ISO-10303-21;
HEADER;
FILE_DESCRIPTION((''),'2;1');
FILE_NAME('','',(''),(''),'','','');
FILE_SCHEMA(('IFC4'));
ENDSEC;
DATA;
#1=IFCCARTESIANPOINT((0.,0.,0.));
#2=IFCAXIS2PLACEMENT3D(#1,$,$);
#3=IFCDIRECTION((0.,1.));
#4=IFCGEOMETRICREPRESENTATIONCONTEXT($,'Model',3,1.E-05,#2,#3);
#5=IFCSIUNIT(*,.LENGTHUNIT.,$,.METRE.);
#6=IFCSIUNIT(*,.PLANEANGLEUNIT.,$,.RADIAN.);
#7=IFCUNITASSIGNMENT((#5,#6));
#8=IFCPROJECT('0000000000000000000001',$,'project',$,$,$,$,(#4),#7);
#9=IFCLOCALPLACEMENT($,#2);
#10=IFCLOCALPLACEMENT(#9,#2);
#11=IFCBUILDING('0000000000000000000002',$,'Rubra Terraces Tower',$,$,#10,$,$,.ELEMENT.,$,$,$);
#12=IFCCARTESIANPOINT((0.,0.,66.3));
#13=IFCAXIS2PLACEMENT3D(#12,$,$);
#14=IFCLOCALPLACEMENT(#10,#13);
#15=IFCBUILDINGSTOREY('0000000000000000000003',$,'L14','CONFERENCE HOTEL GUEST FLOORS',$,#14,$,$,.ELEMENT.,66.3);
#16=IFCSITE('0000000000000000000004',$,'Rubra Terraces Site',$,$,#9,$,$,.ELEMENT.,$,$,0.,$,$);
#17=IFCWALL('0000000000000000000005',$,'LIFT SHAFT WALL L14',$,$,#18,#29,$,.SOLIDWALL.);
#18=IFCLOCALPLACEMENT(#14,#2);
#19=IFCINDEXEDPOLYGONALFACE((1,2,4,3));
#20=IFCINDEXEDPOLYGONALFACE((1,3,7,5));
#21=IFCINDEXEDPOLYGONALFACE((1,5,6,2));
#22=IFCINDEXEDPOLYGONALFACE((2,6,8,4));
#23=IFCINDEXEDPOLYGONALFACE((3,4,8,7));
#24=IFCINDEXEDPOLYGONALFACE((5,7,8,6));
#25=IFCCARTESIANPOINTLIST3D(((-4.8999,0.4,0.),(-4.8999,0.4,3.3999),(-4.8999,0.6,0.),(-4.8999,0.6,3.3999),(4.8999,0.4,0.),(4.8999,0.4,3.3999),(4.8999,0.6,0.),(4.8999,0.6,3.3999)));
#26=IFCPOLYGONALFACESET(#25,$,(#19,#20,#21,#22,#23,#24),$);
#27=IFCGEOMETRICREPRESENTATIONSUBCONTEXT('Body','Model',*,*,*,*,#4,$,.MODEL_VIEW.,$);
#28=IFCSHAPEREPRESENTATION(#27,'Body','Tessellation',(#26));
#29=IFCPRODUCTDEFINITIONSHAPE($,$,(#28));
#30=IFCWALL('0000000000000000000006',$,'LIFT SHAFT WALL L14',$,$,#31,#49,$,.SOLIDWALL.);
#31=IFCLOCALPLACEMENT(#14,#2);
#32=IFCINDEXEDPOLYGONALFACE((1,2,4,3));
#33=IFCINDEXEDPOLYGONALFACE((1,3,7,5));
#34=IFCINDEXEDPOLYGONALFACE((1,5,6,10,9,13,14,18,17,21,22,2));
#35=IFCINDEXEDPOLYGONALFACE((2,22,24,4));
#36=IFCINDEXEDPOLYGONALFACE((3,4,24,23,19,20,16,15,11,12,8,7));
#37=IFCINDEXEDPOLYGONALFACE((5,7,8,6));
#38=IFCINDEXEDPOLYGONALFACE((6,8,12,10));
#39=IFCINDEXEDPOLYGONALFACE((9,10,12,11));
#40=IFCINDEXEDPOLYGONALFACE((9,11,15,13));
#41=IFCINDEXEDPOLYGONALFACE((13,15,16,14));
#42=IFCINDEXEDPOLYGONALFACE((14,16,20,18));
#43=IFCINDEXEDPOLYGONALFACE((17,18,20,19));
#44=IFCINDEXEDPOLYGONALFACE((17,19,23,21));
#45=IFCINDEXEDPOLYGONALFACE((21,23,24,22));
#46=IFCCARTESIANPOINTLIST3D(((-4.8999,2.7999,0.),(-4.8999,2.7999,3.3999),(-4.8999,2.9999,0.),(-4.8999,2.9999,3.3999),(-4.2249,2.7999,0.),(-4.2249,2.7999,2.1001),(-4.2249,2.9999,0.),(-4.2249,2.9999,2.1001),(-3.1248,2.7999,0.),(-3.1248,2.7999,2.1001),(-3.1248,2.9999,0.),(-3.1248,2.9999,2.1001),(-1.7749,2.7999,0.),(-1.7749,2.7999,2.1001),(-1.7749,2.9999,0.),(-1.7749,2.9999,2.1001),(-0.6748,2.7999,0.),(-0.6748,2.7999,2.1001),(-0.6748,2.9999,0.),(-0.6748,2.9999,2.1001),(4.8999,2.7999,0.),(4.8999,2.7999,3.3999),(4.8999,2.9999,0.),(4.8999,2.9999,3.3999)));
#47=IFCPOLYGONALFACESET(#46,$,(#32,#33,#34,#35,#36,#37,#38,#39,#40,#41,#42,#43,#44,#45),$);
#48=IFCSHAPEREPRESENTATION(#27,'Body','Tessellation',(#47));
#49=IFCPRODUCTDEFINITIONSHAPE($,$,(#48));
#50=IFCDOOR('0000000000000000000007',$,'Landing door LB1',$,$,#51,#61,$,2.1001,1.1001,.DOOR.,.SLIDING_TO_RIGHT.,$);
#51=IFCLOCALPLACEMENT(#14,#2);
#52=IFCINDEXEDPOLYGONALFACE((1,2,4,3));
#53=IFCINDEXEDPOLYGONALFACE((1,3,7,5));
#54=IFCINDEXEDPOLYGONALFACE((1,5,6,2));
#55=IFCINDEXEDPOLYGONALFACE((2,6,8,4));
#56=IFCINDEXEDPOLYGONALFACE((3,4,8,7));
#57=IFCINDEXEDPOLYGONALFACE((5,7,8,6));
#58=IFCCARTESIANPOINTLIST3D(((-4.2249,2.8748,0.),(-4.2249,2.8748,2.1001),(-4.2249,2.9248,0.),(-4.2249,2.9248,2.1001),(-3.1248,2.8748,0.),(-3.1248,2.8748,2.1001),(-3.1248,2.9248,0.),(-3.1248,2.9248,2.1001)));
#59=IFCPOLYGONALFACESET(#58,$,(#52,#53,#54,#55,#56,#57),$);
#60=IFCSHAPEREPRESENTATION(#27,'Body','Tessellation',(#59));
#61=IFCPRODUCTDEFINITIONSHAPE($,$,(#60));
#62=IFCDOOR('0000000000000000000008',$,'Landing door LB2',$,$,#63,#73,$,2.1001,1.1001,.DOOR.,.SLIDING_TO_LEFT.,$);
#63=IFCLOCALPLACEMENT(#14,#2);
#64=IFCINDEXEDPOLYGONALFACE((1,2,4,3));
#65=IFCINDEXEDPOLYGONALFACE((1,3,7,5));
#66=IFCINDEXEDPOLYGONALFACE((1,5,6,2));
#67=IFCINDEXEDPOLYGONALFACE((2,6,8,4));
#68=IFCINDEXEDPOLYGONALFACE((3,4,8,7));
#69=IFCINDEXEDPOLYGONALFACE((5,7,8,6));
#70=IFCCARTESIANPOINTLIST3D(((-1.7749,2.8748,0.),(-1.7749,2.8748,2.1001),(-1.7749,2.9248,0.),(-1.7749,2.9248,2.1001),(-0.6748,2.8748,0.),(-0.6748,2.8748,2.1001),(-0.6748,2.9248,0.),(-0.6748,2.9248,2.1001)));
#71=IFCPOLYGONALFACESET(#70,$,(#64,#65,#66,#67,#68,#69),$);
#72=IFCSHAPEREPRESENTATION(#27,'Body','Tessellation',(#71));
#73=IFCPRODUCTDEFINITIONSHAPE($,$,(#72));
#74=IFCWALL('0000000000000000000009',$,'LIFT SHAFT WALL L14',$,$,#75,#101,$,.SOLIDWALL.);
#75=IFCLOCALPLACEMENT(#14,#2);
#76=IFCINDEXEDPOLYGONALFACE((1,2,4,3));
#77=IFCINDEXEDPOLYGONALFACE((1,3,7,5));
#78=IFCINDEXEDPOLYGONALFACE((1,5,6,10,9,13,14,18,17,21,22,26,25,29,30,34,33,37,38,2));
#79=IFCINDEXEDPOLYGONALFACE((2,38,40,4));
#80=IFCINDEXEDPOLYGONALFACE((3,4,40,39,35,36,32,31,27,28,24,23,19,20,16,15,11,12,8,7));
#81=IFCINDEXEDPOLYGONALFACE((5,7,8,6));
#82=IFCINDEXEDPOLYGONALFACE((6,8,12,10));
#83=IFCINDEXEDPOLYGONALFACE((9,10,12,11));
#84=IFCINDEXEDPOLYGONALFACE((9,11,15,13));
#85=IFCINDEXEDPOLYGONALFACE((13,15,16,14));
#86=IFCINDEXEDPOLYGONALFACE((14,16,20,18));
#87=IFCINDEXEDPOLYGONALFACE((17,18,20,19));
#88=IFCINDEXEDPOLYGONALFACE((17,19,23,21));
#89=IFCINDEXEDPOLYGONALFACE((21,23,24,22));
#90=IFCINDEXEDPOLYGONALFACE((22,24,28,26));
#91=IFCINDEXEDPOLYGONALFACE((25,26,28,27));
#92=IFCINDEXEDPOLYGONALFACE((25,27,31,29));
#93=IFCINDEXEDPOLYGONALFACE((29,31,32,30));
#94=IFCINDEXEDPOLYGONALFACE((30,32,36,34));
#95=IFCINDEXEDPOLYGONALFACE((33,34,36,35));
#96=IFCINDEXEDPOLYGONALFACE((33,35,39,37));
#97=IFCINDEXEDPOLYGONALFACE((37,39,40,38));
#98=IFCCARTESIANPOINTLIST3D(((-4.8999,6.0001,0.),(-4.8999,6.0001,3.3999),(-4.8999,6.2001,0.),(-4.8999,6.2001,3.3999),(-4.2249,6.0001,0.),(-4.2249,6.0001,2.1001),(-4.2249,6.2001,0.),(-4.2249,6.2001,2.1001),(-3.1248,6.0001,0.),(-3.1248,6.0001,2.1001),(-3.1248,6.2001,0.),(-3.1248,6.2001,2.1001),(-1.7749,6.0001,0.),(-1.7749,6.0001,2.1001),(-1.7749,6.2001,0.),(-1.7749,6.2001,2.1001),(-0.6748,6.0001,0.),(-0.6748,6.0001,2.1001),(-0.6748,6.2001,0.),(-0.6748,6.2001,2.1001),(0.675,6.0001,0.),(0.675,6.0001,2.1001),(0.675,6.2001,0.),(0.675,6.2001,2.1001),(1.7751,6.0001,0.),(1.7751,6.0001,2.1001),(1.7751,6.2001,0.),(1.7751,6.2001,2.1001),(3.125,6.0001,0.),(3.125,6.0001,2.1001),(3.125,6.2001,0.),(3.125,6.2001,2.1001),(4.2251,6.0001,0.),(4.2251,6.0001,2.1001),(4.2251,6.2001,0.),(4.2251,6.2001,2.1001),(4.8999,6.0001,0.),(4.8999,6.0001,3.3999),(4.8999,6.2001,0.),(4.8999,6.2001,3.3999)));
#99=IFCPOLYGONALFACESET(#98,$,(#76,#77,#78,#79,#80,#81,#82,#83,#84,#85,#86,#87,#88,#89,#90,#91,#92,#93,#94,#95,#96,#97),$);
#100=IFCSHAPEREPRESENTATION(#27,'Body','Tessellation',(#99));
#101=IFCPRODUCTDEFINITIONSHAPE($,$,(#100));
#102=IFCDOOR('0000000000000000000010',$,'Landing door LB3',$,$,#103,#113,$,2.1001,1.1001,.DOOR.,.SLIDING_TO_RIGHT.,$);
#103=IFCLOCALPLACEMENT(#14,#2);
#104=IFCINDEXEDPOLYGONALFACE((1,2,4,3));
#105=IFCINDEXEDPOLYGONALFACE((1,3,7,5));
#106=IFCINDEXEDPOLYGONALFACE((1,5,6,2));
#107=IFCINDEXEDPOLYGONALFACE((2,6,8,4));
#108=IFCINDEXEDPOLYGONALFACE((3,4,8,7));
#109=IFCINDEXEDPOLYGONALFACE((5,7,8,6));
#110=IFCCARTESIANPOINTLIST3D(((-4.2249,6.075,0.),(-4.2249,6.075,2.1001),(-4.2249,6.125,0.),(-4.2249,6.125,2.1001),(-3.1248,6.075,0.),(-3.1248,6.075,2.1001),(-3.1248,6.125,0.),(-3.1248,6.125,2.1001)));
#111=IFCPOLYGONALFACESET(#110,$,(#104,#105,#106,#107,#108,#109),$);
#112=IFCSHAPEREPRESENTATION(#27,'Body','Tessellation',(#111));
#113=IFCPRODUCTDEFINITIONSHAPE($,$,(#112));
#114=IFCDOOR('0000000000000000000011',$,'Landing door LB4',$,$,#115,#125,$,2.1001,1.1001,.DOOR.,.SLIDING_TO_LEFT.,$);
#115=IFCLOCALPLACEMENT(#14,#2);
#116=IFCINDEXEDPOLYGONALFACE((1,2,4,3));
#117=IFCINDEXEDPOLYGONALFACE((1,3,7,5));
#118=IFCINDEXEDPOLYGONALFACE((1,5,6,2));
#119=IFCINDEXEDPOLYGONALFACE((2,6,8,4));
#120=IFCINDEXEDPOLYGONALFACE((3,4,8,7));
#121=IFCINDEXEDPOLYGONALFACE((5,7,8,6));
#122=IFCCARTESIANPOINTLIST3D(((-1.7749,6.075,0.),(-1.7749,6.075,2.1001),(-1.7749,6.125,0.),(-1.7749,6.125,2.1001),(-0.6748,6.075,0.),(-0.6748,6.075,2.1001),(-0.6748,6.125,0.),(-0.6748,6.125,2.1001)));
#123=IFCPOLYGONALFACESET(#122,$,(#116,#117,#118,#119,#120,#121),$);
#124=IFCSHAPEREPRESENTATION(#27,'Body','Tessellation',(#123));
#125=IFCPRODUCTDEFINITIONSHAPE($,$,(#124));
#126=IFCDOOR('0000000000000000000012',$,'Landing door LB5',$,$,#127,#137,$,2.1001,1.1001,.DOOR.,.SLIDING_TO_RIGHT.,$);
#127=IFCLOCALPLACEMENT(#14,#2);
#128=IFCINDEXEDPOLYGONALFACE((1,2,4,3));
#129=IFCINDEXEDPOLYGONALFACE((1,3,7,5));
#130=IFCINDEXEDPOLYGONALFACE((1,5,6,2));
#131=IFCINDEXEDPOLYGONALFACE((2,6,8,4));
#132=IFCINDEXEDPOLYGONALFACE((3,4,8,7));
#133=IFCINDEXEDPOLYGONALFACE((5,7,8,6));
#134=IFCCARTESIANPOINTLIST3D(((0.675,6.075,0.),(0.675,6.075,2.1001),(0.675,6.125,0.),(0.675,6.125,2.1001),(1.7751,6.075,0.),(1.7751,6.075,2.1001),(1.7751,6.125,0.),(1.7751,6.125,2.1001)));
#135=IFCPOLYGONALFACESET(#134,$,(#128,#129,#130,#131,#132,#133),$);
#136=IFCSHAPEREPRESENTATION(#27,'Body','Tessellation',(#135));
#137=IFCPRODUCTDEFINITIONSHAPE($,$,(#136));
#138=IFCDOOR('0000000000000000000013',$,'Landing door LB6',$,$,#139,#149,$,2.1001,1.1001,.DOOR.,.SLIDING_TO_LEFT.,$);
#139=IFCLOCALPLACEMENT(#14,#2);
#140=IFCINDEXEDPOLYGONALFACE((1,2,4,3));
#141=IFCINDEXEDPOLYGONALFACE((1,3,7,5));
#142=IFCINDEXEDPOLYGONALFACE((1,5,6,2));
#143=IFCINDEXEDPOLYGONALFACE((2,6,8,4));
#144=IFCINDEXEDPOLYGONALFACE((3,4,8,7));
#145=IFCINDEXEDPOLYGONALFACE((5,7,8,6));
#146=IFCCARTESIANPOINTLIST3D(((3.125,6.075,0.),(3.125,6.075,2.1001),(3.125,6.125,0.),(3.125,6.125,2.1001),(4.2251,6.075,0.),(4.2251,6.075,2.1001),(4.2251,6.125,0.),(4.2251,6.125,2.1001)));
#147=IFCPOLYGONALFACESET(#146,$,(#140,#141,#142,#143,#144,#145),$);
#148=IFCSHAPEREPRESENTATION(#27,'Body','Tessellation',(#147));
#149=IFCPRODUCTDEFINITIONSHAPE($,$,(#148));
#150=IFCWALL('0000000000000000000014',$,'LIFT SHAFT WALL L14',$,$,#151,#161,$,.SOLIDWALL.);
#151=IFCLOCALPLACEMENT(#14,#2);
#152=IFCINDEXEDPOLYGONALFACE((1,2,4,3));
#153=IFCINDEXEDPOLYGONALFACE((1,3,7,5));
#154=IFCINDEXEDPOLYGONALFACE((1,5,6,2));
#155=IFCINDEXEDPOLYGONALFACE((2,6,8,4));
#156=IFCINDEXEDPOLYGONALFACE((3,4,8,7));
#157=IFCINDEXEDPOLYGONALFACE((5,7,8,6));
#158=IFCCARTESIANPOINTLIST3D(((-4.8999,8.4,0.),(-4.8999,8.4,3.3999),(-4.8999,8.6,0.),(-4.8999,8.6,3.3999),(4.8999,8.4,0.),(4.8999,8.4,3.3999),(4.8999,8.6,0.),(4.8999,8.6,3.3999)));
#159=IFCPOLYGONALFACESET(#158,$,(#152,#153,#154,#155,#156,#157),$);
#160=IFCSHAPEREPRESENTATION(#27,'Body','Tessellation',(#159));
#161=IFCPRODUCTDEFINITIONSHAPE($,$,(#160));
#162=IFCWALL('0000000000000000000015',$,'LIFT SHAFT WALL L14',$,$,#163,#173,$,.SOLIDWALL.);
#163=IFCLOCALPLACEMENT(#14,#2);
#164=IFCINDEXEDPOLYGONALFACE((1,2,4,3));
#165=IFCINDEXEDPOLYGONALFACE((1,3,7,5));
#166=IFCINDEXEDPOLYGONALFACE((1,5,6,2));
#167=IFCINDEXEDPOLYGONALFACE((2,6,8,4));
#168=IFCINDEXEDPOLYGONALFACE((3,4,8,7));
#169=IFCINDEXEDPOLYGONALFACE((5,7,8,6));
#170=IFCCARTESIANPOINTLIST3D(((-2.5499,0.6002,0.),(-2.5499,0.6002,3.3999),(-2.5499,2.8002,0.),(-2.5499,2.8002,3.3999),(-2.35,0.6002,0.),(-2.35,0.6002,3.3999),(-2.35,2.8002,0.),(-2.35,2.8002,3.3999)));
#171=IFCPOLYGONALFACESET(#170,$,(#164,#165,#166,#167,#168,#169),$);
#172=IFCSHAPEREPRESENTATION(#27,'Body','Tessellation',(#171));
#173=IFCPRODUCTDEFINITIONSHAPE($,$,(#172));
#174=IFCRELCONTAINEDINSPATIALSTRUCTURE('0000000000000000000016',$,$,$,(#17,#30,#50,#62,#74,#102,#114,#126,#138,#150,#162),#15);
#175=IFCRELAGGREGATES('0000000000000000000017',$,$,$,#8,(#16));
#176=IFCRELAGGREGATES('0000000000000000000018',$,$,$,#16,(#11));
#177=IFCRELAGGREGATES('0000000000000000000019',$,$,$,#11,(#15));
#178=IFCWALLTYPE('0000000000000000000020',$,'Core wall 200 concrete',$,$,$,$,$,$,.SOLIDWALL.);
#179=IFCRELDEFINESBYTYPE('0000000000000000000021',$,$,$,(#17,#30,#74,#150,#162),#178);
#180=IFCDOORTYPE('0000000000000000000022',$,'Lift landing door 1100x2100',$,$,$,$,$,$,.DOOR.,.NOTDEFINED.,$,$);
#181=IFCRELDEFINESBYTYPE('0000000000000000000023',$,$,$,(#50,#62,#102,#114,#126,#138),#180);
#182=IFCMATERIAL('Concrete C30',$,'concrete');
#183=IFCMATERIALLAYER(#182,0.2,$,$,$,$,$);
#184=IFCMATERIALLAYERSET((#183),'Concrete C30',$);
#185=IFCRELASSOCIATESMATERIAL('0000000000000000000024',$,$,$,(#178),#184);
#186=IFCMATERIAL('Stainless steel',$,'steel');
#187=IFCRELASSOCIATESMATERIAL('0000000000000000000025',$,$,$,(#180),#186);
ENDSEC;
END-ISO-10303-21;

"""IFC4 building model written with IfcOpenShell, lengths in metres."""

from ifc_helpers import new_model, si_unit, direction, frame, frame_2d, origin, place, context, subcontext, project, spatial, rectangle, extrude, material, layer, layer_set, type_object, element, fill, save


model = new_model("IFC4")

# Units and contexts
model_context = context("Model", 3, precision=1e-05, world=origin(), true_north=direction((0.0, 1.0)))
body_context = subcontext(model_context, "Body", "Model", "MODEL_VIEW")
ifc_project = project(units=[si_unit("LENGTHUNIT", "METRE"), si_unit("PLANEANGLEUNIT", "RADIAN")], contexts=[model_context])

# Site, building, storey
site_placement = place(None, origin())
site = spatial("IfcSite", under=ifc_project, at=site_placement, Name="Rubra Terraces Site", CompositionType="ELEMENT", RefElevation=0.0)
building_placement = place(site_placement, origin())
building = spatial("IfcBuilding", under=site, at=building_placement, Name="Rubra Terraces Tower", CompositionType="ELEMENT")
storey_placement = place(building_placement, frame((0.0, 0.0, 66.3)))
storey = spatial("IfcBuildingStorey", under=building, at=storey_placement, Name="L14", Description="CONFERENCE HOTEL GUEST FLOORS", CompositionType="ELEMENT", Elevation=66.3)

# Wall
ifc_material_1 = material(Name="Concrete C30", Category="concrete")
ifc_layer_1 = layer(ifc_material_1, 0.2)
ifc_layer_set_1 = layer_set([ifc_layer_1], Name="Concrete C30")
wall_type_1 = type_object("IfcWallType", Name="Core wall 200 concrete", PredefinedType="SOLIDWALL", material=ifc_layer_set_1)
wall_1_placement = place(storey_placement, frame((-4.8999, 0.5, 0.0), z_axis=(0.0, 0.0, 1.0), x_axis=(1.0, 0.0, 0.0)))
element("IfcWall", 1, at=wall_1_placement, inside=storey, type_object=wall_type_1, Name="LIFT SHAFT WALL L14", PredefinedType="SOLIDWALL", context=body_context, shape_type="SweptSolid", body=[
    extrude(rectangle(XDim=9.7998, YDim=0.2, at=frame_2d((4.8999, 0.0))), origin(), (0.0, 0.0, 1.0), 3.3999),
])

# Walls, openings, doors
wall_2_placement = place(storey_placement, frame((-4.8999, 2.8999, 0.0), z_axis=(0.0, 0.0, 1.0), x_axis=(1.0, 0.0, 0.0)))
wall_2 = element("IfcWall", 2, at=wall_2_placement, inside=storey, type_object=wall_type_1, Name="LIFT SHAFT WALL L14", PredefinedType="SOLIDWALL", context=body_context, shape_type="SweptSolid", body=[
    extrude(rectangle(XDim=9.7998, YDim=0.2, at=frame_2d((4.8999, 0.0))), origin(), (0.0, 0.0, 1.0), 3.3999),
])
opening_1_placement = place(wall_2_placement, frame((0.675, 0.0, 0.0)))
opening_1 = element("IfcOpeningElement", 3, at=opening_1_placement, cuts=wall_2, PredefinedType="OPENING", context=body_context, shape_type="SweptSolid", body=[
    extrude(rectangle(XDim=1.1001, YDim=2.1001, at=frame_2d((0.55, 1.05))), frame((0.0, 0.1099, 0.0), z_axis=(0.0, -1.0, 0.0), x_axis=(1.0, 0.0, 0.0)), (0.0, 0.0, 1.0), 0.22),
])
opening_2_placement = place(wall_2_placement, frame((3.125, 0.0, 0.0)))
opening_2 = element("IfcOpeningElement", 4, at=opening_2_placement, cuts=wall_2, PredefinedType="OPENING", context=body_context, shape_type="SweptSolid", body=[
    extrude(rectangle(XDim=1.1001, YDim=2.1001, at=frame_2d((0.55, 1.05))), frame((0.0, 0.1099, 0.0), z_axis=(0.0, -1.0, 0.0), x_axis=(1.0, 0.0, 0.0)), (0.0, 0.0, 1.0), 0.22),
])
ifc_material_2 = material(Name="Stainless steel", Category="steel")
door_type = type_object("IfcDoorType", Name="Lift landing door 1100x2100", OperationType="NOTDEFINED", PredefinedType="DOOR", material=ifc_material_2)
door_1_placement = place(opening_1_placement, origin())
door_1 = element("IfcDoor", 5, at=door_1_placement, inside=storey, type_object=door_type, Name="Landing door LB1", OperationType="SLIDING_TO_RIGHT", OverallHeight=2.1001, OverallWidth=1.1001, PredefinedType="DOOR", context=body_context, shape_type="SweptSolid", body=[
    extrude(rectangle(XDim=1.1001, YDim=2.1001, at=frame_2d((0.55, 1.05))), frame((0.0, 0.0249, 0.0), z_axis=(0.0, -1.0, 0.0), x_axis=(1.0, 0.0, 0.0)), (0.0, 0.0, 1.0), 0.05),
])
fill(opening_1, door_1)
door_2_placement = place(opening_2_placement, origin())
door_2 = element("IfcDoor", 6, at=door_2_placement, inside=storey, type_object=door_type, Name="Landing door LB2", OperationType="SLIDING_TO_LEFT", OverallHeight=2.1001, OverallWidth=1.1001, PredefinedType="DOOR", context=body_context, shape_type="SweptSolid", body=[
    extrude(rectangle(XDim=1.1001, YDim=2.1001, at=frame_2d((0.55, 1.05))), frame((0.0, 0.0249, 0.0), z_axis=(0.0, -1.0, 0.0), x_axis=(1.0, 0.0, 0.0)), (0.0, 0.0, 1.0), 0.05),
])
fill(opening_2, door_2)
wall_3_placement = place(storey_placement, frame((-4.8999, 6.1001, 0.0), z_axis=(0.0, 0.0, 1.0), x_axis=(1.0, 0.0, 0.0)))
wall_3 = element("IfcWall", 7, at=wall_3_placement, inside=storey, type_object=wall_type_1, Name="LIFT SHAFT WALL L14", PredefinedType="SOLIDWALL", context=body_context, shape_type="SweptSolid", body=[
    extrude(rectangle(XDim=9.7998, YDim=0.2, at=frame_2d((4.8999, 0.0))), origin(), (0.0, 0.0, 1.0), 3.3999),
])
opening_3_placement = place(wall_3_placement, frame((0.675, 0.0, 0.0)))
opening_3 = element("IfcOpeningElement", 8, at=opening_3_placement, cuts=wall_3, PredefinedType="OPENING", context=body_context, shape_type="SweptSolid", body=[
    extrude(rectangle(XDim=1.1001, YDim=2.1001, at=frame_2d((0.55, 1.05))), frame((0.0, 0.1099, 0.0), z_axis=(0.0, -1.0, 0.0), x_axis=(1.0, 0.0, 0.0)), (0.0, 0.0, 1.0), 0.22),
])
opening_4_placement = place(wall_3_placement, frame((3.125, 0.0, 0.0)))
opening_4 = element("IfcOpeningElement", 9, at=opening_4_placement, cuts=wall_3, PredefinedType="OPENING", context=body_context, shape_type="SweptSolid", body=[
    extrude(rectangle(XDim=1.1001, YDim=2.1001, at=frame_2d((0.55, 1.05))), frame((0.0, 0.1099, 0.0), z_axis=(0.0, -1.0, 0.0), x_axis=(1.0, 0.0, 0.0)), (0.0, 0.0, 1.0), 0.22),
])
opening_5_placement = place(wall_3_placement, frame((5.575, 0.0, 0.0)))
opening_5 = element("IfcOpeningElement", 10, at=opening_5_placement, cuts=wall_3, PredefinedType="OPENING", context=body_context, shape_type="SweptSolid", body=[
    extrude(rectangle(XDim=1.1001, YDim=2.1001, at=frame_2d((0.55, 1.05))), frame((0.0, 0.1099, 0.0), z_axis=(0.0, -1.0, 0.0), x_axis=(1.0, 0.0, 0.0)), (0.0, 0.0, 1.0), 0.22),
])
opening_6_placement = place(wall_3_placement, frame((8.0249, 0.0, 0.0)))
opening_6 = element("IfcOpeningElement", 11, at=opening_6_placement, cuts=wall_3, PredefinedType="OPENING", context=body_context, shape_type="SweptSolid", body=[
    extrude(rectangle(XDim=1.1001, YDim=2.1001, at=frame_2d((0.55, 1.05))), frame((0.0, 0.1099, 0.0), z_axis=(0.0, -1.0, 0.0), x_axis=(1.0, 0.0, 0.0)), (0.0, 0.0, 1.0), 0.22),
])
door_3_placement = place(opening_3_placement, origin())
door_3 = element("IfcDoor", 12, at=door_3_placement, inside=storey, type_object=door_type, Name="Landing door LB3", OperationType="SLIDING_TO_RIGHT", OverallHeight=2.1001, OverallWidth=1.1001, PredefinedType="DOOR", context=body_context, shape_type="SweptSolid", body=[
    extrude(rectangle(XDim=1.1001, YDim=2.1001, at=frame_2d((0.55, 1.05))), frame((0.0, 0.0249, 0.0), z_axis=(0.0, -1.0, 0.0), x_axis=(1.0, 0.0, 0.0)), (0.0, 0.0, 1.0), 0.05),
])
fill(opening_3, door_3)
door_4_placement = place(opening_4_placement, origin())
door_4 = element("IfcDoor", 13, at=door_4_placement, inside=storey, type_object=door_type, Name="Landing door LB4", OperationType="SLIDING_TO_LEFT", OverallHeight=2.1001, OverallWidth=1.1001, PredefinedType="DOOR", context=body_context, shape_type="SweptSolid", body=[
    extrude(rectangle(XDim=1.1001, YDim=2.1001, at=frame_2d((0.55, 1.05))), frame((0.0, 0.0249, 0.0), z_axis=(0.0, -1.0, 0.0), x_axis=(1.0, 0.0, 0.0)), (0.0, 0.0, 1.0), 0.05),
])
fill(opening_4, door_4)
door_5_placement = place(opening_5_placement, origin())
door_5 = element("IfcDoor", 14, at=door_5_placement, inside=storey, type_object=door_type, Name="Landing door LB5", OperationType="SLIDING_TO_RIGHT", OverallHeight=2.1001, OverallWidth=1.1001, PredefinedType="DOOR", context=body_context, shape_type="SweptSolid", body=[
    extrude(rectangle(XDim=1.1001, YDim=2.1001, at=frame_2d((0.55, 1.05))), frame((0.0, 0.0249, 0.0), z_axis=(0.0, -1.0, 0.0), x_axis=(1.0, 0.0, 0.0)), (0.0, 0.0, 1.0), 0.05),
])
fill(opening_5, door_5)
door_6_placement = place(opening_6_placement, origin())
door_6 = element("IfcDoor", 15, at=door_6_placement, inside=storey, type_object=door_type, Name="Landing door LB6", OperationType="SLIDING_TO_LEFT", OverallHeight=2.1001, OverallWidth=1.1001, PredefinedType="DOOR", context=body_context, shape_type="SweptSolid", body=[
    extrude(rectangle(XDim=1.1001, YDim=2.1001, at=frame_2d((0.55, 1.05))), frame((0.0, 0.0249, 0.0), z_axis=(0.0, -1.0, 0.0), x_axis=(1.0, 0.0, 0.0)), (0.0, 0.0, 1.0), 0.05),
])
fill(opening_6, door_6)

# Walls
wall_4_placement = place(storey_placement, frame((-4.8999, 8.5, 0.0), z_axis=(0.0, 0.0, 1.0), x_axis=(1.0, 0.0, 0.0)))
element("IfcWall", 16, at=wall_4_placement, inside=storey, type_object=wall_type_1, Name="LIFT SHAFT WALL L14", PredefinedType="SOLIDWALL", context=body_context, shape_type="SweptSolid", body=[
    extrude(rectangle(XDim=9.7998, YDim=0.2, at=frame_2d((4.8999, 0.0))), origin(), (0.0, 0.0, 1.0), 3.3999),
])
for number, where, z_axis, x_axis, name in (
    (17, (-2.45, 0.6001, 0.0), (0.0, 0.0, 1.0), (0.0, 1.0, 0.0), "LIFT SHAFT WALL L14"),
):
    element("IfcWall", number, at=place(storey_placement, frame(where, z_axis=z_axis, x_axis=x_axis)), inside=storey, type_object=wall_type_1, Name=name, PredefinedType="SOLIDWALL", context=body_context, shape_type="SweptSolid", body=[
        extrude(rectangle(XDim=2.2, YDim=0.2, at=frame_2d((1.1001, 0.0))), origin(), (0.0, 0.0, 1.0), 3.3999),
    ])

save(model, "model.ifc")
